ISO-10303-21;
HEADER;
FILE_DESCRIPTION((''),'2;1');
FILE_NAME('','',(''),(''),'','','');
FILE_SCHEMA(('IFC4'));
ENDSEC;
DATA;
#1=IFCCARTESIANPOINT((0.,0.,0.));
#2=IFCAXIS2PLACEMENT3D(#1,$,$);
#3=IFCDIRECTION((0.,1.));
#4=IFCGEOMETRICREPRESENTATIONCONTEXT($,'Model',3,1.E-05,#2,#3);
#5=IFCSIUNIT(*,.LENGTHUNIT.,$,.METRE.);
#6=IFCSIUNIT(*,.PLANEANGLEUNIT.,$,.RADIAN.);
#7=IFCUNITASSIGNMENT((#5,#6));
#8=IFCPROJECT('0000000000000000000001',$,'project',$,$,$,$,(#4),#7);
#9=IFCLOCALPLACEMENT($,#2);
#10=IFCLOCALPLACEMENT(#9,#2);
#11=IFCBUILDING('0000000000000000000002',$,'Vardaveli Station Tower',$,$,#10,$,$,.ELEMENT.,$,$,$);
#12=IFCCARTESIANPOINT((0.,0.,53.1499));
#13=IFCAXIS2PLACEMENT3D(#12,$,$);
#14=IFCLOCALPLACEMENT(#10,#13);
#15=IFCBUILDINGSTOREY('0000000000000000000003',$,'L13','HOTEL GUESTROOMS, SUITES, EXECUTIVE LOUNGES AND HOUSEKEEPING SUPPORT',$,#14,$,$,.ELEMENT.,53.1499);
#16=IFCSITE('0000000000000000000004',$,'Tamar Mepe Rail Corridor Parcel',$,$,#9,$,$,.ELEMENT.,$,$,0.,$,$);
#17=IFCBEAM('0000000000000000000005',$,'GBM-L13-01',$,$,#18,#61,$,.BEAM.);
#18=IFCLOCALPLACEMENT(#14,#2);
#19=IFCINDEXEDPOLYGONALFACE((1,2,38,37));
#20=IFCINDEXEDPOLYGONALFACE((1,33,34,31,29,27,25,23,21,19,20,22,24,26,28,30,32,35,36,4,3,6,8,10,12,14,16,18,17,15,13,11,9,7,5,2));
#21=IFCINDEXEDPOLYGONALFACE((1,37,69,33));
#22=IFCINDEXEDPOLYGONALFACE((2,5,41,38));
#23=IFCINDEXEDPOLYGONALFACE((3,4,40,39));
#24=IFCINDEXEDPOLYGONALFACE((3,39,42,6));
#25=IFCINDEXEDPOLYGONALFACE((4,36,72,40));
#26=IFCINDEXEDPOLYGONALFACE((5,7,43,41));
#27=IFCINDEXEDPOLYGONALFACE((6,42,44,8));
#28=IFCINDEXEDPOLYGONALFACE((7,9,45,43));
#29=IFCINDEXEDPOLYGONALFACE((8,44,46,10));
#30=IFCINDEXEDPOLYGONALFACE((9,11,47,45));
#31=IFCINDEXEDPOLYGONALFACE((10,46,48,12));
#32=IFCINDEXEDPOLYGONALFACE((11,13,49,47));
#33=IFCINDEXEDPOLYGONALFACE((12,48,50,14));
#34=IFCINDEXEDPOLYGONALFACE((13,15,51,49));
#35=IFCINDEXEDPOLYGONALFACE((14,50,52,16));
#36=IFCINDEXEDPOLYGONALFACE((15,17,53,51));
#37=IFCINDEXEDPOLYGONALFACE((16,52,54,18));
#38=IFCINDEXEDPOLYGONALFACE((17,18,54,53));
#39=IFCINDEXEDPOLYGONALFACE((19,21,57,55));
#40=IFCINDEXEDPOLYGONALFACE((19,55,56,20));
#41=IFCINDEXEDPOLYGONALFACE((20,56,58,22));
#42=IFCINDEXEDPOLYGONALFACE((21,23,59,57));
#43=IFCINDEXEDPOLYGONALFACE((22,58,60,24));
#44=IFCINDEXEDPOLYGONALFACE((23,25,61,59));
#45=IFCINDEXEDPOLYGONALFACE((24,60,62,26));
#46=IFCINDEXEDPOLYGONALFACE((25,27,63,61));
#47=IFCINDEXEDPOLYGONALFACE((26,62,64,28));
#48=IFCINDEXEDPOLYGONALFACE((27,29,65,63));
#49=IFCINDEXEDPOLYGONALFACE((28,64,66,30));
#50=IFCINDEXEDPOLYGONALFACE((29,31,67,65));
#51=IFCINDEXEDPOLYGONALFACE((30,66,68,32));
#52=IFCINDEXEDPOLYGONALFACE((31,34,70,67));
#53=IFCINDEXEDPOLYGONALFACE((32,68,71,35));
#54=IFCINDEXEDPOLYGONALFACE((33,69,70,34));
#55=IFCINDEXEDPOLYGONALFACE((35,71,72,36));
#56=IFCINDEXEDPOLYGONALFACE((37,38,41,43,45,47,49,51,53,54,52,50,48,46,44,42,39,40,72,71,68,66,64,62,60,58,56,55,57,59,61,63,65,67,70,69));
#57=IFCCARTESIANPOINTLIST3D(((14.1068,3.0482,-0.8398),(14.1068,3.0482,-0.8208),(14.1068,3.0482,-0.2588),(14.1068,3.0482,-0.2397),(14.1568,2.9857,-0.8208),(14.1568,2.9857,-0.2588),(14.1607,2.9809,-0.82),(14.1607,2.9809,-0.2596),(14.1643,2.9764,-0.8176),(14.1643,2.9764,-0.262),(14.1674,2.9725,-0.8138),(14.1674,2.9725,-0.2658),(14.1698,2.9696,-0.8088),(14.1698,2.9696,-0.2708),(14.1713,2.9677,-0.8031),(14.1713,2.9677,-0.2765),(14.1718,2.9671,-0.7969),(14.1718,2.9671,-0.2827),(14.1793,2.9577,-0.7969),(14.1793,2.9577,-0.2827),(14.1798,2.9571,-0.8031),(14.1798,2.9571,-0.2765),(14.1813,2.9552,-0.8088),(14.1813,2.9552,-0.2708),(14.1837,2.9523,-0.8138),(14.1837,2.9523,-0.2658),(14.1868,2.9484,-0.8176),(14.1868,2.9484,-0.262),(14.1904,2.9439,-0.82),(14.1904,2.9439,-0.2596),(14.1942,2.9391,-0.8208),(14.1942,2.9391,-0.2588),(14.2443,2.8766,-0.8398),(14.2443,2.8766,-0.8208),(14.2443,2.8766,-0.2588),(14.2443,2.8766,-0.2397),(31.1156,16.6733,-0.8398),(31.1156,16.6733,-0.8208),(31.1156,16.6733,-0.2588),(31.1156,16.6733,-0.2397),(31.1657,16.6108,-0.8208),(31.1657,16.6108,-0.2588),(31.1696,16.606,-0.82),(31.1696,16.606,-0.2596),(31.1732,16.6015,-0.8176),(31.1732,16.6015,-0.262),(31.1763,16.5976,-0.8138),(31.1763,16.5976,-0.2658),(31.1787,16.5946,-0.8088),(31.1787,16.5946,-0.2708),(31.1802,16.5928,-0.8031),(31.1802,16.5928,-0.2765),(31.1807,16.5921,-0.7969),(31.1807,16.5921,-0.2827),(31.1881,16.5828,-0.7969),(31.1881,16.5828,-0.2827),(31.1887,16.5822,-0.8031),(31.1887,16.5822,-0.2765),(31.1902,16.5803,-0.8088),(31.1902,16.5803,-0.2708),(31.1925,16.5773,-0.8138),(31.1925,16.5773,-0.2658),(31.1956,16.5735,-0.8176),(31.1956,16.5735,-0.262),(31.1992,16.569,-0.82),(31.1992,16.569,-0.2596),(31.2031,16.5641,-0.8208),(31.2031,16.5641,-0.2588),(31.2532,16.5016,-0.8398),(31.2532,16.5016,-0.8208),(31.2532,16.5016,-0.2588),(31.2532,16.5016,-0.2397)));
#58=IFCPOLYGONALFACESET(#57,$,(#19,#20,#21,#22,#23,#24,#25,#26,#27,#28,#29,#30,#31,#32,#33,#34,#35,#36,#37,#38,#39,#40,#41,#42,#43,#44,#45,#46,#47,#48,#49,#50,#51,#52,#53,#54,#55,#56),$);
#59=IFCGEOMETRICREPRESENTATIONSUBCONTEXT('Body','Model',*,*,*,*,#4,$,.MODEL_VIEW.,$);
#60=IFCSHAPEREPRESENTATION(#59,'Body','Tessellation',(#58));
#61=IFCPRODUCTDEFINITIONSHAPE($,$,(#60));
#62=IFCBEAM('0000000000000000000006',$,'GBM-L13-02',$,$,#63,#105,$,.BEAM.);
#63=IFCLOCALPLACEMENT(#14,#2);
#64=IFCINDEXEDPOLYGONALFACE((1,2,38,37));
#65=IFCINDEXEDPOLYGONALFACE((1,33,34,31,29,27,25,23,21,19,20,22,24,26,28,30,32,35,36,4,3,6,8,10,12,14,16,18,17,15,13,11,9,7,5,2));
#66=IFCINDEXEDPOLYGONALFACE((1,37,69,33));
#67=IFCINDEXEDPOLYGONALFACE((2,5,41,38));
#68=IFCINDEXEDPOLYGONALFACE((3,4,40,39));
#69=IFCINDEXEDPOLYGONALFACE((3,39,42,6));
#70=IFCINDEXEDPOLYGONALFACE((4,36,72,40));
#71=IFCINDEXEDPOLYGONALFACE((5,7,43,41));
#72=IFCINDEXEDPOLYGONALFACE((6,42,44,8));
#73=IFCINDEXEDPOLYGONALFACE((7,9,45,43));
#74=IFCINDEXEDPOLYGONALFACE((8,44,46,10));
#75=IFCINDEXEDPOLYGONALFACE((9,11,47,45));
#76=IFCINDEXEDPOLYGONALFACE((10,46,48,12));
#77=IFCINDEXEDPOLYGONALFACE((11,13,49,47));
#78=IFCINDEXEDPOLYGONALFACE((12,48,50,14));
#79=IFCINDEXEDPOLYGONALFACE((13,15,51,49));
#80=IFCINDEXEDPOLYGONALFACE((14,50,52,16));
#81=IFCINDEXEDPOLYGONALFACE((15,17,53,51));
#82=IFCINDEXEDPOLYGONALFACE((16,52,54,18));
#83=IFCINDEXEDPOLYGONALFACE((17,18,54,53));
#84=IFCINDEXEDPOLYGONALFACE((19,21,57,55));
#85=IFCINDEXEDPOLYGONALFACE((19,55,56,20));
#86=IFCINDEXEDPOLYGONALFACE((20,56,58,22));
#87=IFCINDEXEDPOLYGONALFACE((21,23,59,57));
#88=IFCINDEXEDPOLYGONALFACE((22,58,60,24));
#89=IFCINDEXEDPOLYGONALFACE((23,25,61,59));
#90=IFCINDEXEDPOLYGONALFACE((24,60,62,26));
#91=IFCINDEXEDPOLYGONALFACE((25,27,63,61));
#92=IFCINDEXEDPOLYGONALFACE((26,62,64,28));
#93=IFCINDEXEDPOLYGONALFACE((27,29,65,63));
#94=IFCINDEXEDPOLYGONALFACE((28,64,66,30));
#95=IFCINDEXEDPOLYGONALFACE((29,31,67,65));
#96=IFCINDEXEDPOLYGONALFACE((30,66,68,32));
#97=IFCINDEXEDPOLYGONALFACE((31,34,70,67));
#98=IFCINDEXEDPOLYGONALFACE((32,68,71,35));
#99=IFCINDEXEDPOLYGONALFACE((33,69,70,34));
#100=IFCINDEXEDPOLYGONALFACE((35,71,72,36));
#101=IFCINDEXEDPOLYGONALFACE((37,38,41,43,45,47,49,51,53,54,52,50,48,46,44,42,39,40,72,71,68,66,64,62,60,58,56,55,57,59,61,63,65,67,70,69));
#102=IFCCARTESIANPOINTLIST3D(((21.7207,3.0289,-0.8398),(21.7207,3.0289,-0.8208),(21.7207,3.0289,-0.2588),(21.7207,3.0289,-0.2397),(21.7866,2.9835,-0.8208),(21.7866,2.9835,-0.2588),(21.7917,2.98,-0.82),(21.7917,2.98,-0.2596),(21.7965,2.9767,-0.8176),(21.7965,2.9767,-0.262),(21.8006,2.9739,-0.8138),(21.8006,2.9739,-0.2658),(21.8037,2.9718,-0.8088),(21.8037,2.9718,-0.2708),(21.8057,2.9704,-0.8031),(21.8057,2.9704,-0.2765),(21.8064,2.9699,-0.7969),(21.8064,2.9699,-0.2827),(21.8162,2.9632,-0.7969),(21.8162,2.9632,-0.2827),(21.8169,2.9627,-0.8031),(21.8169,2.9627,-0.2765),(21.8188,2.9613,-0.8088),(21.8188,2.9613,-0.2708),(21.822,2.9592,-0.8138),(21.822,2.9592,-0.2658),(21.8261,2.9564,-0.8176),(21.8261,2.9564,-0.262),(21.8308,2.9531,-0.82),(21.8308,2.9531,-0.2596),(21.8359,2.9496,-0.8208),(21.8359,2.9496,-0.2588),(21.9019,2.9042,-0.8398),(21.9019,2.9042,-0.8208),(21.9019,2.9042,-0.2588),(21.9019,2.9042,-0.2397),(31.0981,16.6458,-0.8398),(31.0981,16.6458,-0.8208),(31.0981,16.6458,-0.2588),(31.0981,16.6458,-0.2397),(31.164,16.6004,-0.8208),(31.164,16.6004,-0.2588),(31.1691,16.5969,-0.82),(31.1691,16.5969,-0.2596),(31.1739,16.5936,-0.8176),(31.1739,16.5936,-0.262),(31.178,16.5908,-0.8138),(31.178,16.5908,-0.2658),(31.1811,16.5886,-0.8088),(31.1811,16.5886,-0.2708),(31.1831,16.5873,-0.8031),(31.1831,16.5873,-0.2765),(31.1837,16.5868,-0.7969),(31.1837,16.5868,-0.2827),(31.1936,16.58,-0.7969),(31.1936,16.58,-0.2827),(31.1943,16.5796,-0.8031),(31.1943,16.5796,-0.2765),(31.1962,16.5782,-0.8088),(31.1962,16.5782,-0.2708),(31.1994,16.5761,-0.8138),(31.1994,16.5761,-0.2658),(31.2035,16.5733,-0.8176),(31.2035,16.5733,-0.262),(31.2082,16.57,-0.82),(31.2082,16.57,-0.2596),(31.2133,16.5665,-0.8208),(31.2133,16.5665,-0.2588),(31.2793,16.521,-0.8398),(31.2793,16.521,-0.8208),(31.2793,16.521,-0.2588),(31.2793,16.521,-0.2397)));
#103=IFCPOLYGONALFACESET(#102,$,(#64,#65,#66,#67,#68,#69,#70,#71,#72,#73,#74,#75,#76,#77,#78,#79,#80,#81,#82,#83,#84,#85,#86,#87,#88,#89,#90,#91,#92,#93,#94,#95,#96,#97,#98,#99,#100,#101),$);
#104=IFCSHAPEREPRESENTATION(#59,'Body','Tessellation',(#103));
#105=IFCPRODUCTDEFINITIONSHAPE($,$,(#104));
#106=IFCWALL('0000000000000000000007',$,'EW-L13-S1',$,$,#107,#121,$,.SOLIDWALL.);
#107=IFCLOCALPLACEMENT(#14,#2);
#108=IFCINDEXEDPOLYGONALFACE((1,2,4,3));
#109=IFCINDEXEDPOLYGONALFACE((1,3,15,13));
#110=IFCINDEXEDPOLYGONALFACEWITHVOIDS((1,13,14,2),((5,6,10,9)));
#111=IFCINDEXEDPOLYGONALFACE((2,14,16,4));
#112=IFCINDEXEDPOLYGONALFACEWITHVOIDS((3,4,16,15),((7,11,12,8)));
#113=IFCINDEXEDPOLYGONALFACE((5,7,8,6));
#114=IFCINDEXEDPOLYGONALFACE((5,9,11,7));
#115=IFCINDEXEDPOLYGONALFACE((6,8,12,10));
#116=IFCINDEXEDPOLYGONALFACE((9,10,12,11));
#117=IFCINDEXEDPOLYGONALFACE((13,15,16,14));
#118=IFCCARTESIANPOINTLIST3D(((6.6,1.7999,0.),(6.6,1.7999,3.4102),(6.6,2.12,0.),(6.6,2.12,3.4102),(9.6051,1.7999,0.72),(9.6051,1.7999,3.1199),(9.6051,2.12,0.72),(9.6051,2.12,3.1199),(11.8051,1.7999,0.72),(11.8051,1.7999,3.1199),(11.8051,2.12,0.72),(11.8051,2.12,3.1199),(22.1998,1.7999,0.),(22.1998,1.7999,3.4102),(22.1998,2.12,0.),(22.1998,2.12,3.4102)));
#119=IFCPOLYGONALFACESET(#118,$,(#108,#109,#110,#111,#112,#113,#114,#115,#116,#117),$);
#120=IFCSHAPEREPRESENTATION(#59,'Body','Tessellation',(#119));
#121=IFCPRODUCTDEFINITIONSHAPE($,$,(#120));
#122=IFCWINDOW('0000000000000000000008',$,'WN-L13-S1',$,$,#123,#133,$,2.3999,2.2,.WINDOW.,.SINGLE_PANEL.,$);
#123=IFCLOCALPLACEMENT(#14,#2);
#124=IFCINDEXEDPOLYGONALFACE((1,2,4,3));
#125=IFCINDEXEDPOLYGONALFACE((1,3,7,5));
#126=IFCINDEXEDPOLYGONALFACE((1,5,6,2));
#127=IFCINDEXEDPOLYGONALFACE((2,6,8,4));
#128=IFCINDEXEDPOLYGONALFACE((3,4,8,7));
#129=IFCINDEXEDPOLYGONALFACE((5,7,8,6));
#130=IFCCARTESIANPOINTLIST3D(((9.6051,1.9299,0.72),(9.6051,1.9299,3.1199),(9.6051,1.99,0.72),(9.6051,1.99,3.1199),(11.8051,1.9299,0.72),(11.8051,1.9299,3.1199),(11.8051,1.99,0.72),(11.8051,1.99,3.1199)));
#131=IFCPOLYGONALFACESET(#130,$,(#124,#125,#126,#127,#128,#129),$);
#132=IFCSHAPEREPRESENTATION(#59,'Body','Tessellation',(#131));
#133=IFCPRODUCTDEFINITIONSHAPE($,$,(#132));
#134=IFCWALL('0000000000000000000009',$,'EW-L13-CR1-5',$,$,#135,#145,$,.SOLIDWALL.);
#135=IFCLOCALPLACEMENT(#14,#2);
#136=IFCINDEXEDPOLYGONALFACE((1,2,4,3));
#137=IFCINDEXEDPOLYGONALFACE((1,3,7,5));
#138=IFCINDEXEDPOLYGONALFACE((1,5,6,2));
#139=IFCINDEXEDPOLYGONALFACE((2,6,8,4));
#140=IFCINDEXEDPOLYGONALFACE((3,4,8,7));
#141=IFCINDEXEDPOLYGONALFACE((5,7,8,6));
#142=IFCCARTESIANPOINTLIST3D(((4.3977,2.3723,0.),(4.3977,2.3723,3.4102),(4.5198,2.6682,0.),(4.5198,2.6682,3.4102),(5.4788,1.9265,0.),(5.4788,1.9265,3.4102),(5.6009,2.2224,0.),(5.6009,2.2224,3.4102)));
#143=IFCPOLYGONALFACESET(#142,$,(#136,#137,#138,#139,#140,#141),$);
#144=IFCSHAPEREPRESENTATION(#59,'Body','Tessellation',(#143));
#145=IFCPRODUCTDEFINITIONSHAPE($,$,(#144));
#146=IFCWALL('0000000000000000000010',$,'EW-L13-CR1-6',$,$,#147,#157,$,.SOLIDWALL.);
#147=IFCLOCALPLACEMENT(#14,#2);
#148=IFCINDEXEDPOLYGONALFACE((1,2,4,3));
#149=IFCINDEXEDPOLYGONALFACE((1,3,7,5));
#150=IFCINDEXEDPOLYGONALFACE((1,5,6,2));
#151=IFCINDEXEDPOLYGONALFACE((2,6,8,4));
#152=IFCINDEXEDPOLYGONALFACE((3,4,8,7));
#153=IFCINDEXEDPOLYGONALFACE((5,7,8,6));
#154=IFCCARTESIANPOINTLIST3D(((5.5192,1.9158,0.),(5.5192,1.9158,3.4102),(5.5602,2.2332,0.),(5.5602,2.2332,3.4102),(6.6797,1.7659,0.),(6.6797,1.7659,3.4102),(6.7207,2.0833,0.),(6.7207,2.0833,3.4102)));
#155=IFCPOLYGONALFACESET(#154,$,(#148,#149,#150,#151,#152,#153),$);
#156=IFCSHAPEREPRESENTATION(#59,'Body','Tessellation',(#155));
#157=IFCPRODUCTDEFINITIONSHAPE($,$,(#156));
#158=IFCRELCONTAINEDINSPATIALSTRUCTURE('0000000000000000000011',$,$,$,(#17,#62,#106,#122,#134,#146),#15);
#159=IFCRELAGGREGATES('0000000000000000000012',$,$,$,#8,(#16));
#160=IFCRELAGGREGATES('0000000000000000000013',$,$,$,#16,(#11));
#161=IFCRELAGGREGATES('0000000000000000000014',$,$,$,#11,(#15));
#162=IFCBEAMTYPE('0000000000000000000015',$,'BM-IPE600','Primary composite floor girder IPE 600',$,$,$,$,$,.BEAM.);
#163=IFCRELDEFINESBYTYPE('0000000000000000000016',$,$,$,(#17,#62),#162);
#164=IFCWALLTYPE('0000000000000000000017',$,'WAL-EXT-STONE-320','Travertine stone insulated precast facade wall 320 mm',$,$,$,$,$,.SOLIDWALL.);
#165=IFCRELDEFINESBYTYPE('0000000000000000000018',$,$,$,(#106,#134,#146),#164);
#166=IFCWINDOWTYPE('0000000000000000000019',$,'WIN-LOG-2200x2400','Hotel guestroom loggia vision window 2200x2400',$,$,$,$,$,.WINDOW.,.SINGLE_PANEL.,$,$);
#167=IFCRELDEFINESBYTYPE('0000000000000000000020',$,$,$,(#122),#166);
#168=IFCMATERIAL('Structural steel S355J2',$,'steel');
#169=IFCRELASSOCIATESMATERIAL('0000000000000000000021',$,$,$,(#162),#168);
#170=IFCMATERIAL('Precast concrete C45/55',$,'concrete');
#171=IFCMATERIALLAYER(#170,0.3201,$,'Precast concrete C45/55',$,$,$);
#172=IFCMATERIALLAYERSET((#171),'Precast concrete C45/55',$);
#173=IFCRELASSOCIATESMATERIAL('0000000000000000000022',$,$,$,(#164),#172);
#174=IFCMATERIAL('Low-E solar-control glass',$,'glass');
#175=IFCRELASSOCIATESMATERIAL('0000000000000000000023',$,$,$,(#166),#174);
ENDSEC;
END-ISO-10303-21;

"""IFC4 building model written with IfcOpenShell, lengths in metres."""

from ifc_helpers import new_model, si_unit, direction, frame, frame_2d, origin, origin_2d, place, context, subcontext, project, spatial, rectangle, i_section, extrude, source, transform, mapped, material, layer, layer_set, material_profile, profile_set, type_object, element, fill, save


model = new_model("IFC4")

# Units and contexts
model_context = context("Model", 3, precision=1e-05, world=origin(), true_north=direction((0.0, 1.0)))
body_context = subcontext(model_context, "Body", "Model", "MODEL_VIEW")
ifc_project = project(units=[si_unit("LENGTHUNIT", "METRE"), si_unit("PLANEANGLEUNIT", "RADIAN")], contexts=[model_context])

# Site, building, storey
site_placement = place(None, origin())
site = spatial("IfcSite", under=ifc_project, at=site_placement, Name="Tamar Mepe Rail Corridor Parcel", CompositionType="ELEMENT", RefElevation=0.0)
building_placement = place(site_placement, origin())
building = spatial("IfcBuilding", under=site, at=building_placement, Name="Vardaveli Station Tower", CompositionType="ELEMENT")
storey_placement = place(building_placement, frame((0.0, 0.0, 53.1499)))
storey = spatial("IfcBuildingStorey", under=building, at=storey_placement, Name="L13", Description="HOTEL GUESTROOMS, SUITES, EXECUTIVE LOUNGES AND HOUSEKEEPING SUPPORT", CompositionType="ELEMENT", Elevation=53.1499)

# Beams
ifc_material_1 = material(Name="Precast concrete C45/55", Category="concrete")
ifc_material_2 = material(Name="Structural steel S355J2", Category="steel")
ifc_material_profile_1 = material_profile(ifc_material_2, i_section(OverallWidth=0.22, OverallDepth=0.6001, WebThickness=0.012, FlangeThickness=0.019, FilletRadius=0.0239, at=origin_2d()), Name="IPE 600")
ifc_profile_set_1 = profile_set([ifc_material_profile_1], Name="Structural steel S355J2")
beam_type_1 = type_object("IfcBeamType", Name="BM-IPE600", Description="Primary composite floor girder IPE 600", PredefinedType="BEAM", material=ifc_profile_set_1)
shared_shape_1 = source(origin(), body_context, "Body", "SweptSolid", [
    extrude(i_section(OverallWidth=0.22, OverallDepth=0.6001, WebThickness=0.012, FlangeThickness=0.019, FilletRadius=0.0239, at=origin_2d()), origin(), (0.0, 0.0, 1.0), 21.7932),
])
beam_1_placement = place(storey_placement, frame((14.1755, 2.9624, -0.5398), z_axis=(0.780466, 0.625198, 0.0), x_axis=(-0.625198, 0.780466, 0.0)))
element("IfcBeam", 1, at=beam_1_placement, inside=storey, type_object=beam_type_1, Name="GBM-L13-01", PredefinedType="BEAM", context=body_context, shape_type="MappedRepresentation", body=[
    mapped(shared_shape_1, transform((0.0, 0.0, 0.0), scale=1.0)),
])
shared_shape_2 = source(origin(), body_context, "Body", "SweptSolid", [
    extrude(i_section(OverallWidth=0.22, OverallDepth=0.6001, WebThickness=0.012, FlangeThickness=0.019, FilletRadius=0.0239, at=origin_2d()), origin(), (0.0, 0.0, 1.0), 16.5334),
])
beam_2_placement = place(storey_placement, frame((21.8113, 2.9666, -0.5398), z_axis=(0.567177, 0.823596, 0.0), x_axis=(-0.823596, 0.567177, 0.0)))
element("IfcBeam", 2, at=beam_2_placement, inside=storey, type_object=beam_type_1, Name="GBM-L13-02", PredefinedType="BEAM", context=body_context, shape_type="MappedRepresentation", body=[
    mapped(shared_shape_2, transform((0.0, 0.0, 0.0), scale=1.0)),
])

# Wall, opening, window
ifc_layer_1 = layer(ifc_material_1, 0.3201, Name="Precast concrete C45/55")
ifc_layer_set_1 = layer_set([ifc_layer_1], Name="Precast concrete C45/55")
wall_type_1 = type_object("IfcWallType", Name="WAL-EXT-STONE-320", Description="Travertine stone insulated precast facade wall 320 mm", PredefinedType="SOLIDWALL", material=ifc_layer_set_1)
shared_shape_3 = source(origin(), body_context, "Body", "SweptSolid", [
    extrude(rectangle(XDim=15.5999, YDim=0.3201, at=frame_2d((7.7998, 0.0))), origin(), (0.0, 0.0, 1.0), 3.4102),
])
wall_1_placement = place(storey_placement, frame((6.6001, 1.96, 0.0), z_axis=(0.0, 0.0, 1.0), x_axis=(1.0, 0.0, 0.0)))
wall_1 = element("IfcWall", 3, at=wall_1_placement, inside=storey, type_object=wall_type_1, Name="EW-L13-S1", PredefinedType="SOLIDWALL", context=body_context, shape_type="MappedRepresentation", body=[
    mapped(shared_shape_3, transform((0.0, 0.0, 0.0), scale=1.0)),
])
shared_shape_4 = source(origin(), body_context, "Body", "SweptSolid", [
    extrude(rectangle(XDim=2.2, YDim=2.3999, at=frame_2d((1.1001, 1.2))), frame((0.0, 0.1699, 0.0), z_axis=(0.0, -1.0, 0.0), x_axis=(1.0, 0.0, 0.0)), (0.0, 0.0, 1.0), 0.3401),
])
opening_1_placement = place(wall_1_placement, frame((3.0049, 0.0, 0.72)))
opening_1 = element("IfcOpeningElement", 4, at=opening_1_placement, cuts=wall_1, PredefinedType="OPENING", context=body_context, shape_type="MappedRepresentation", body=[
    mapped(shared_shape_4, transform((0.0, 0.0, 0.0), scale=1.0)),
])
ifc_material_3 = material(Name="Low-E solar-control glass", Category="glass")
window_type = type_object("IfcWindowType", Name="WIN-LOG-2200x2400", Description="Hotel guestroom loggia vision window 2200x2400", PartitioningType="SINGLE_PANEL", PredefinedType="WINDOW", material=ifc_material_3)
shared_shape_5 = source(origin(), body_context, "Body", "SweptSolid", [
    extrude(rectangle(XDim=2.2, YDim=2.3999, at=frame_2d((1.1001, 1.2))), frame((0.0, 0.03, 0.0), z_axis=(0.0, -1.0, 0.0), x_axis=(1.0, 0.0, 0.0)), (0.0, 0.0, 1.0), 0.0601),
])
window_placement = place(opening_1_placement, origin())
window = element("IfcWindow", 5, at=window_placement, inside=storey, type_object=window_type, Name="WN-L13-S1", OverallHeight=2.3999, OverallWidth=2.2, PartitioningType="SINGLE_PANEL", PredefinedType="WINDOW", context=body_context, shape_type="MappedRepresentation", body=[
    mapped(shared_shape_5, transform((0.0, 0.0, 0.0), scale=1.0)),
])
fill(opening_1, window)

# Walls
shared_shape_6 = source(origin(), body_context, "Body", "SweptSolid", [
    extrude(rectangle(XDim=1.1694, YDim=0.3201, at=frame_2d((0.5847, 0.0))), origin(), (0.0, 0.0, 1.0), 3.4102),
])
wall_2_placement = place(storey_placement, frame((4.4587, 2.5203, 0.0), z_axis=(0.0, 0.0, 1.0), x_axis=(0.924479, -0.381233, 0.0)))
element("IfcWall", 6, at=wall_2_placement, inside=storey, type_object=wall_type_1, Name="EW-L13-CR1-5", PredefinedType="SOLIDWALL", context=body_context, shape_type="MappedRepresentation", body=[
    mapped(shared_shape_6, transform((0.0, 0.0, 0.0), scale=1.0)),
])
shared_shape_7 = source(origin(), body_context, "Body", "SweptSolid", [
    extrude(rectangle(XDim=1.1702, YDim=0.3201, at=frame_2d((0.585, 0.0))), origin(), (0.0, 0.0, 1.0), 3.4102),
])
wall_3_placement = place(storey_placement, frame((5.5398, 2.0745, 0.0), z_axis=(0.0, 0.0, 1.0), x_axis=(0.991762, -0.12809, 0.0)))
element("IfcWall", 7, at=wall_3_placement, inside=storey, type_object=wall_type_1, Name="EW-L13-CR1-6", PredefinedType="SOLIDWALL", context=body_context, shape_type="MappedRepresentation", body=[
    mapped(shared_shape_7, transform((0.0, 0.0, 0.0), scale=1.0)),
])

save(model, "model.ifc")
